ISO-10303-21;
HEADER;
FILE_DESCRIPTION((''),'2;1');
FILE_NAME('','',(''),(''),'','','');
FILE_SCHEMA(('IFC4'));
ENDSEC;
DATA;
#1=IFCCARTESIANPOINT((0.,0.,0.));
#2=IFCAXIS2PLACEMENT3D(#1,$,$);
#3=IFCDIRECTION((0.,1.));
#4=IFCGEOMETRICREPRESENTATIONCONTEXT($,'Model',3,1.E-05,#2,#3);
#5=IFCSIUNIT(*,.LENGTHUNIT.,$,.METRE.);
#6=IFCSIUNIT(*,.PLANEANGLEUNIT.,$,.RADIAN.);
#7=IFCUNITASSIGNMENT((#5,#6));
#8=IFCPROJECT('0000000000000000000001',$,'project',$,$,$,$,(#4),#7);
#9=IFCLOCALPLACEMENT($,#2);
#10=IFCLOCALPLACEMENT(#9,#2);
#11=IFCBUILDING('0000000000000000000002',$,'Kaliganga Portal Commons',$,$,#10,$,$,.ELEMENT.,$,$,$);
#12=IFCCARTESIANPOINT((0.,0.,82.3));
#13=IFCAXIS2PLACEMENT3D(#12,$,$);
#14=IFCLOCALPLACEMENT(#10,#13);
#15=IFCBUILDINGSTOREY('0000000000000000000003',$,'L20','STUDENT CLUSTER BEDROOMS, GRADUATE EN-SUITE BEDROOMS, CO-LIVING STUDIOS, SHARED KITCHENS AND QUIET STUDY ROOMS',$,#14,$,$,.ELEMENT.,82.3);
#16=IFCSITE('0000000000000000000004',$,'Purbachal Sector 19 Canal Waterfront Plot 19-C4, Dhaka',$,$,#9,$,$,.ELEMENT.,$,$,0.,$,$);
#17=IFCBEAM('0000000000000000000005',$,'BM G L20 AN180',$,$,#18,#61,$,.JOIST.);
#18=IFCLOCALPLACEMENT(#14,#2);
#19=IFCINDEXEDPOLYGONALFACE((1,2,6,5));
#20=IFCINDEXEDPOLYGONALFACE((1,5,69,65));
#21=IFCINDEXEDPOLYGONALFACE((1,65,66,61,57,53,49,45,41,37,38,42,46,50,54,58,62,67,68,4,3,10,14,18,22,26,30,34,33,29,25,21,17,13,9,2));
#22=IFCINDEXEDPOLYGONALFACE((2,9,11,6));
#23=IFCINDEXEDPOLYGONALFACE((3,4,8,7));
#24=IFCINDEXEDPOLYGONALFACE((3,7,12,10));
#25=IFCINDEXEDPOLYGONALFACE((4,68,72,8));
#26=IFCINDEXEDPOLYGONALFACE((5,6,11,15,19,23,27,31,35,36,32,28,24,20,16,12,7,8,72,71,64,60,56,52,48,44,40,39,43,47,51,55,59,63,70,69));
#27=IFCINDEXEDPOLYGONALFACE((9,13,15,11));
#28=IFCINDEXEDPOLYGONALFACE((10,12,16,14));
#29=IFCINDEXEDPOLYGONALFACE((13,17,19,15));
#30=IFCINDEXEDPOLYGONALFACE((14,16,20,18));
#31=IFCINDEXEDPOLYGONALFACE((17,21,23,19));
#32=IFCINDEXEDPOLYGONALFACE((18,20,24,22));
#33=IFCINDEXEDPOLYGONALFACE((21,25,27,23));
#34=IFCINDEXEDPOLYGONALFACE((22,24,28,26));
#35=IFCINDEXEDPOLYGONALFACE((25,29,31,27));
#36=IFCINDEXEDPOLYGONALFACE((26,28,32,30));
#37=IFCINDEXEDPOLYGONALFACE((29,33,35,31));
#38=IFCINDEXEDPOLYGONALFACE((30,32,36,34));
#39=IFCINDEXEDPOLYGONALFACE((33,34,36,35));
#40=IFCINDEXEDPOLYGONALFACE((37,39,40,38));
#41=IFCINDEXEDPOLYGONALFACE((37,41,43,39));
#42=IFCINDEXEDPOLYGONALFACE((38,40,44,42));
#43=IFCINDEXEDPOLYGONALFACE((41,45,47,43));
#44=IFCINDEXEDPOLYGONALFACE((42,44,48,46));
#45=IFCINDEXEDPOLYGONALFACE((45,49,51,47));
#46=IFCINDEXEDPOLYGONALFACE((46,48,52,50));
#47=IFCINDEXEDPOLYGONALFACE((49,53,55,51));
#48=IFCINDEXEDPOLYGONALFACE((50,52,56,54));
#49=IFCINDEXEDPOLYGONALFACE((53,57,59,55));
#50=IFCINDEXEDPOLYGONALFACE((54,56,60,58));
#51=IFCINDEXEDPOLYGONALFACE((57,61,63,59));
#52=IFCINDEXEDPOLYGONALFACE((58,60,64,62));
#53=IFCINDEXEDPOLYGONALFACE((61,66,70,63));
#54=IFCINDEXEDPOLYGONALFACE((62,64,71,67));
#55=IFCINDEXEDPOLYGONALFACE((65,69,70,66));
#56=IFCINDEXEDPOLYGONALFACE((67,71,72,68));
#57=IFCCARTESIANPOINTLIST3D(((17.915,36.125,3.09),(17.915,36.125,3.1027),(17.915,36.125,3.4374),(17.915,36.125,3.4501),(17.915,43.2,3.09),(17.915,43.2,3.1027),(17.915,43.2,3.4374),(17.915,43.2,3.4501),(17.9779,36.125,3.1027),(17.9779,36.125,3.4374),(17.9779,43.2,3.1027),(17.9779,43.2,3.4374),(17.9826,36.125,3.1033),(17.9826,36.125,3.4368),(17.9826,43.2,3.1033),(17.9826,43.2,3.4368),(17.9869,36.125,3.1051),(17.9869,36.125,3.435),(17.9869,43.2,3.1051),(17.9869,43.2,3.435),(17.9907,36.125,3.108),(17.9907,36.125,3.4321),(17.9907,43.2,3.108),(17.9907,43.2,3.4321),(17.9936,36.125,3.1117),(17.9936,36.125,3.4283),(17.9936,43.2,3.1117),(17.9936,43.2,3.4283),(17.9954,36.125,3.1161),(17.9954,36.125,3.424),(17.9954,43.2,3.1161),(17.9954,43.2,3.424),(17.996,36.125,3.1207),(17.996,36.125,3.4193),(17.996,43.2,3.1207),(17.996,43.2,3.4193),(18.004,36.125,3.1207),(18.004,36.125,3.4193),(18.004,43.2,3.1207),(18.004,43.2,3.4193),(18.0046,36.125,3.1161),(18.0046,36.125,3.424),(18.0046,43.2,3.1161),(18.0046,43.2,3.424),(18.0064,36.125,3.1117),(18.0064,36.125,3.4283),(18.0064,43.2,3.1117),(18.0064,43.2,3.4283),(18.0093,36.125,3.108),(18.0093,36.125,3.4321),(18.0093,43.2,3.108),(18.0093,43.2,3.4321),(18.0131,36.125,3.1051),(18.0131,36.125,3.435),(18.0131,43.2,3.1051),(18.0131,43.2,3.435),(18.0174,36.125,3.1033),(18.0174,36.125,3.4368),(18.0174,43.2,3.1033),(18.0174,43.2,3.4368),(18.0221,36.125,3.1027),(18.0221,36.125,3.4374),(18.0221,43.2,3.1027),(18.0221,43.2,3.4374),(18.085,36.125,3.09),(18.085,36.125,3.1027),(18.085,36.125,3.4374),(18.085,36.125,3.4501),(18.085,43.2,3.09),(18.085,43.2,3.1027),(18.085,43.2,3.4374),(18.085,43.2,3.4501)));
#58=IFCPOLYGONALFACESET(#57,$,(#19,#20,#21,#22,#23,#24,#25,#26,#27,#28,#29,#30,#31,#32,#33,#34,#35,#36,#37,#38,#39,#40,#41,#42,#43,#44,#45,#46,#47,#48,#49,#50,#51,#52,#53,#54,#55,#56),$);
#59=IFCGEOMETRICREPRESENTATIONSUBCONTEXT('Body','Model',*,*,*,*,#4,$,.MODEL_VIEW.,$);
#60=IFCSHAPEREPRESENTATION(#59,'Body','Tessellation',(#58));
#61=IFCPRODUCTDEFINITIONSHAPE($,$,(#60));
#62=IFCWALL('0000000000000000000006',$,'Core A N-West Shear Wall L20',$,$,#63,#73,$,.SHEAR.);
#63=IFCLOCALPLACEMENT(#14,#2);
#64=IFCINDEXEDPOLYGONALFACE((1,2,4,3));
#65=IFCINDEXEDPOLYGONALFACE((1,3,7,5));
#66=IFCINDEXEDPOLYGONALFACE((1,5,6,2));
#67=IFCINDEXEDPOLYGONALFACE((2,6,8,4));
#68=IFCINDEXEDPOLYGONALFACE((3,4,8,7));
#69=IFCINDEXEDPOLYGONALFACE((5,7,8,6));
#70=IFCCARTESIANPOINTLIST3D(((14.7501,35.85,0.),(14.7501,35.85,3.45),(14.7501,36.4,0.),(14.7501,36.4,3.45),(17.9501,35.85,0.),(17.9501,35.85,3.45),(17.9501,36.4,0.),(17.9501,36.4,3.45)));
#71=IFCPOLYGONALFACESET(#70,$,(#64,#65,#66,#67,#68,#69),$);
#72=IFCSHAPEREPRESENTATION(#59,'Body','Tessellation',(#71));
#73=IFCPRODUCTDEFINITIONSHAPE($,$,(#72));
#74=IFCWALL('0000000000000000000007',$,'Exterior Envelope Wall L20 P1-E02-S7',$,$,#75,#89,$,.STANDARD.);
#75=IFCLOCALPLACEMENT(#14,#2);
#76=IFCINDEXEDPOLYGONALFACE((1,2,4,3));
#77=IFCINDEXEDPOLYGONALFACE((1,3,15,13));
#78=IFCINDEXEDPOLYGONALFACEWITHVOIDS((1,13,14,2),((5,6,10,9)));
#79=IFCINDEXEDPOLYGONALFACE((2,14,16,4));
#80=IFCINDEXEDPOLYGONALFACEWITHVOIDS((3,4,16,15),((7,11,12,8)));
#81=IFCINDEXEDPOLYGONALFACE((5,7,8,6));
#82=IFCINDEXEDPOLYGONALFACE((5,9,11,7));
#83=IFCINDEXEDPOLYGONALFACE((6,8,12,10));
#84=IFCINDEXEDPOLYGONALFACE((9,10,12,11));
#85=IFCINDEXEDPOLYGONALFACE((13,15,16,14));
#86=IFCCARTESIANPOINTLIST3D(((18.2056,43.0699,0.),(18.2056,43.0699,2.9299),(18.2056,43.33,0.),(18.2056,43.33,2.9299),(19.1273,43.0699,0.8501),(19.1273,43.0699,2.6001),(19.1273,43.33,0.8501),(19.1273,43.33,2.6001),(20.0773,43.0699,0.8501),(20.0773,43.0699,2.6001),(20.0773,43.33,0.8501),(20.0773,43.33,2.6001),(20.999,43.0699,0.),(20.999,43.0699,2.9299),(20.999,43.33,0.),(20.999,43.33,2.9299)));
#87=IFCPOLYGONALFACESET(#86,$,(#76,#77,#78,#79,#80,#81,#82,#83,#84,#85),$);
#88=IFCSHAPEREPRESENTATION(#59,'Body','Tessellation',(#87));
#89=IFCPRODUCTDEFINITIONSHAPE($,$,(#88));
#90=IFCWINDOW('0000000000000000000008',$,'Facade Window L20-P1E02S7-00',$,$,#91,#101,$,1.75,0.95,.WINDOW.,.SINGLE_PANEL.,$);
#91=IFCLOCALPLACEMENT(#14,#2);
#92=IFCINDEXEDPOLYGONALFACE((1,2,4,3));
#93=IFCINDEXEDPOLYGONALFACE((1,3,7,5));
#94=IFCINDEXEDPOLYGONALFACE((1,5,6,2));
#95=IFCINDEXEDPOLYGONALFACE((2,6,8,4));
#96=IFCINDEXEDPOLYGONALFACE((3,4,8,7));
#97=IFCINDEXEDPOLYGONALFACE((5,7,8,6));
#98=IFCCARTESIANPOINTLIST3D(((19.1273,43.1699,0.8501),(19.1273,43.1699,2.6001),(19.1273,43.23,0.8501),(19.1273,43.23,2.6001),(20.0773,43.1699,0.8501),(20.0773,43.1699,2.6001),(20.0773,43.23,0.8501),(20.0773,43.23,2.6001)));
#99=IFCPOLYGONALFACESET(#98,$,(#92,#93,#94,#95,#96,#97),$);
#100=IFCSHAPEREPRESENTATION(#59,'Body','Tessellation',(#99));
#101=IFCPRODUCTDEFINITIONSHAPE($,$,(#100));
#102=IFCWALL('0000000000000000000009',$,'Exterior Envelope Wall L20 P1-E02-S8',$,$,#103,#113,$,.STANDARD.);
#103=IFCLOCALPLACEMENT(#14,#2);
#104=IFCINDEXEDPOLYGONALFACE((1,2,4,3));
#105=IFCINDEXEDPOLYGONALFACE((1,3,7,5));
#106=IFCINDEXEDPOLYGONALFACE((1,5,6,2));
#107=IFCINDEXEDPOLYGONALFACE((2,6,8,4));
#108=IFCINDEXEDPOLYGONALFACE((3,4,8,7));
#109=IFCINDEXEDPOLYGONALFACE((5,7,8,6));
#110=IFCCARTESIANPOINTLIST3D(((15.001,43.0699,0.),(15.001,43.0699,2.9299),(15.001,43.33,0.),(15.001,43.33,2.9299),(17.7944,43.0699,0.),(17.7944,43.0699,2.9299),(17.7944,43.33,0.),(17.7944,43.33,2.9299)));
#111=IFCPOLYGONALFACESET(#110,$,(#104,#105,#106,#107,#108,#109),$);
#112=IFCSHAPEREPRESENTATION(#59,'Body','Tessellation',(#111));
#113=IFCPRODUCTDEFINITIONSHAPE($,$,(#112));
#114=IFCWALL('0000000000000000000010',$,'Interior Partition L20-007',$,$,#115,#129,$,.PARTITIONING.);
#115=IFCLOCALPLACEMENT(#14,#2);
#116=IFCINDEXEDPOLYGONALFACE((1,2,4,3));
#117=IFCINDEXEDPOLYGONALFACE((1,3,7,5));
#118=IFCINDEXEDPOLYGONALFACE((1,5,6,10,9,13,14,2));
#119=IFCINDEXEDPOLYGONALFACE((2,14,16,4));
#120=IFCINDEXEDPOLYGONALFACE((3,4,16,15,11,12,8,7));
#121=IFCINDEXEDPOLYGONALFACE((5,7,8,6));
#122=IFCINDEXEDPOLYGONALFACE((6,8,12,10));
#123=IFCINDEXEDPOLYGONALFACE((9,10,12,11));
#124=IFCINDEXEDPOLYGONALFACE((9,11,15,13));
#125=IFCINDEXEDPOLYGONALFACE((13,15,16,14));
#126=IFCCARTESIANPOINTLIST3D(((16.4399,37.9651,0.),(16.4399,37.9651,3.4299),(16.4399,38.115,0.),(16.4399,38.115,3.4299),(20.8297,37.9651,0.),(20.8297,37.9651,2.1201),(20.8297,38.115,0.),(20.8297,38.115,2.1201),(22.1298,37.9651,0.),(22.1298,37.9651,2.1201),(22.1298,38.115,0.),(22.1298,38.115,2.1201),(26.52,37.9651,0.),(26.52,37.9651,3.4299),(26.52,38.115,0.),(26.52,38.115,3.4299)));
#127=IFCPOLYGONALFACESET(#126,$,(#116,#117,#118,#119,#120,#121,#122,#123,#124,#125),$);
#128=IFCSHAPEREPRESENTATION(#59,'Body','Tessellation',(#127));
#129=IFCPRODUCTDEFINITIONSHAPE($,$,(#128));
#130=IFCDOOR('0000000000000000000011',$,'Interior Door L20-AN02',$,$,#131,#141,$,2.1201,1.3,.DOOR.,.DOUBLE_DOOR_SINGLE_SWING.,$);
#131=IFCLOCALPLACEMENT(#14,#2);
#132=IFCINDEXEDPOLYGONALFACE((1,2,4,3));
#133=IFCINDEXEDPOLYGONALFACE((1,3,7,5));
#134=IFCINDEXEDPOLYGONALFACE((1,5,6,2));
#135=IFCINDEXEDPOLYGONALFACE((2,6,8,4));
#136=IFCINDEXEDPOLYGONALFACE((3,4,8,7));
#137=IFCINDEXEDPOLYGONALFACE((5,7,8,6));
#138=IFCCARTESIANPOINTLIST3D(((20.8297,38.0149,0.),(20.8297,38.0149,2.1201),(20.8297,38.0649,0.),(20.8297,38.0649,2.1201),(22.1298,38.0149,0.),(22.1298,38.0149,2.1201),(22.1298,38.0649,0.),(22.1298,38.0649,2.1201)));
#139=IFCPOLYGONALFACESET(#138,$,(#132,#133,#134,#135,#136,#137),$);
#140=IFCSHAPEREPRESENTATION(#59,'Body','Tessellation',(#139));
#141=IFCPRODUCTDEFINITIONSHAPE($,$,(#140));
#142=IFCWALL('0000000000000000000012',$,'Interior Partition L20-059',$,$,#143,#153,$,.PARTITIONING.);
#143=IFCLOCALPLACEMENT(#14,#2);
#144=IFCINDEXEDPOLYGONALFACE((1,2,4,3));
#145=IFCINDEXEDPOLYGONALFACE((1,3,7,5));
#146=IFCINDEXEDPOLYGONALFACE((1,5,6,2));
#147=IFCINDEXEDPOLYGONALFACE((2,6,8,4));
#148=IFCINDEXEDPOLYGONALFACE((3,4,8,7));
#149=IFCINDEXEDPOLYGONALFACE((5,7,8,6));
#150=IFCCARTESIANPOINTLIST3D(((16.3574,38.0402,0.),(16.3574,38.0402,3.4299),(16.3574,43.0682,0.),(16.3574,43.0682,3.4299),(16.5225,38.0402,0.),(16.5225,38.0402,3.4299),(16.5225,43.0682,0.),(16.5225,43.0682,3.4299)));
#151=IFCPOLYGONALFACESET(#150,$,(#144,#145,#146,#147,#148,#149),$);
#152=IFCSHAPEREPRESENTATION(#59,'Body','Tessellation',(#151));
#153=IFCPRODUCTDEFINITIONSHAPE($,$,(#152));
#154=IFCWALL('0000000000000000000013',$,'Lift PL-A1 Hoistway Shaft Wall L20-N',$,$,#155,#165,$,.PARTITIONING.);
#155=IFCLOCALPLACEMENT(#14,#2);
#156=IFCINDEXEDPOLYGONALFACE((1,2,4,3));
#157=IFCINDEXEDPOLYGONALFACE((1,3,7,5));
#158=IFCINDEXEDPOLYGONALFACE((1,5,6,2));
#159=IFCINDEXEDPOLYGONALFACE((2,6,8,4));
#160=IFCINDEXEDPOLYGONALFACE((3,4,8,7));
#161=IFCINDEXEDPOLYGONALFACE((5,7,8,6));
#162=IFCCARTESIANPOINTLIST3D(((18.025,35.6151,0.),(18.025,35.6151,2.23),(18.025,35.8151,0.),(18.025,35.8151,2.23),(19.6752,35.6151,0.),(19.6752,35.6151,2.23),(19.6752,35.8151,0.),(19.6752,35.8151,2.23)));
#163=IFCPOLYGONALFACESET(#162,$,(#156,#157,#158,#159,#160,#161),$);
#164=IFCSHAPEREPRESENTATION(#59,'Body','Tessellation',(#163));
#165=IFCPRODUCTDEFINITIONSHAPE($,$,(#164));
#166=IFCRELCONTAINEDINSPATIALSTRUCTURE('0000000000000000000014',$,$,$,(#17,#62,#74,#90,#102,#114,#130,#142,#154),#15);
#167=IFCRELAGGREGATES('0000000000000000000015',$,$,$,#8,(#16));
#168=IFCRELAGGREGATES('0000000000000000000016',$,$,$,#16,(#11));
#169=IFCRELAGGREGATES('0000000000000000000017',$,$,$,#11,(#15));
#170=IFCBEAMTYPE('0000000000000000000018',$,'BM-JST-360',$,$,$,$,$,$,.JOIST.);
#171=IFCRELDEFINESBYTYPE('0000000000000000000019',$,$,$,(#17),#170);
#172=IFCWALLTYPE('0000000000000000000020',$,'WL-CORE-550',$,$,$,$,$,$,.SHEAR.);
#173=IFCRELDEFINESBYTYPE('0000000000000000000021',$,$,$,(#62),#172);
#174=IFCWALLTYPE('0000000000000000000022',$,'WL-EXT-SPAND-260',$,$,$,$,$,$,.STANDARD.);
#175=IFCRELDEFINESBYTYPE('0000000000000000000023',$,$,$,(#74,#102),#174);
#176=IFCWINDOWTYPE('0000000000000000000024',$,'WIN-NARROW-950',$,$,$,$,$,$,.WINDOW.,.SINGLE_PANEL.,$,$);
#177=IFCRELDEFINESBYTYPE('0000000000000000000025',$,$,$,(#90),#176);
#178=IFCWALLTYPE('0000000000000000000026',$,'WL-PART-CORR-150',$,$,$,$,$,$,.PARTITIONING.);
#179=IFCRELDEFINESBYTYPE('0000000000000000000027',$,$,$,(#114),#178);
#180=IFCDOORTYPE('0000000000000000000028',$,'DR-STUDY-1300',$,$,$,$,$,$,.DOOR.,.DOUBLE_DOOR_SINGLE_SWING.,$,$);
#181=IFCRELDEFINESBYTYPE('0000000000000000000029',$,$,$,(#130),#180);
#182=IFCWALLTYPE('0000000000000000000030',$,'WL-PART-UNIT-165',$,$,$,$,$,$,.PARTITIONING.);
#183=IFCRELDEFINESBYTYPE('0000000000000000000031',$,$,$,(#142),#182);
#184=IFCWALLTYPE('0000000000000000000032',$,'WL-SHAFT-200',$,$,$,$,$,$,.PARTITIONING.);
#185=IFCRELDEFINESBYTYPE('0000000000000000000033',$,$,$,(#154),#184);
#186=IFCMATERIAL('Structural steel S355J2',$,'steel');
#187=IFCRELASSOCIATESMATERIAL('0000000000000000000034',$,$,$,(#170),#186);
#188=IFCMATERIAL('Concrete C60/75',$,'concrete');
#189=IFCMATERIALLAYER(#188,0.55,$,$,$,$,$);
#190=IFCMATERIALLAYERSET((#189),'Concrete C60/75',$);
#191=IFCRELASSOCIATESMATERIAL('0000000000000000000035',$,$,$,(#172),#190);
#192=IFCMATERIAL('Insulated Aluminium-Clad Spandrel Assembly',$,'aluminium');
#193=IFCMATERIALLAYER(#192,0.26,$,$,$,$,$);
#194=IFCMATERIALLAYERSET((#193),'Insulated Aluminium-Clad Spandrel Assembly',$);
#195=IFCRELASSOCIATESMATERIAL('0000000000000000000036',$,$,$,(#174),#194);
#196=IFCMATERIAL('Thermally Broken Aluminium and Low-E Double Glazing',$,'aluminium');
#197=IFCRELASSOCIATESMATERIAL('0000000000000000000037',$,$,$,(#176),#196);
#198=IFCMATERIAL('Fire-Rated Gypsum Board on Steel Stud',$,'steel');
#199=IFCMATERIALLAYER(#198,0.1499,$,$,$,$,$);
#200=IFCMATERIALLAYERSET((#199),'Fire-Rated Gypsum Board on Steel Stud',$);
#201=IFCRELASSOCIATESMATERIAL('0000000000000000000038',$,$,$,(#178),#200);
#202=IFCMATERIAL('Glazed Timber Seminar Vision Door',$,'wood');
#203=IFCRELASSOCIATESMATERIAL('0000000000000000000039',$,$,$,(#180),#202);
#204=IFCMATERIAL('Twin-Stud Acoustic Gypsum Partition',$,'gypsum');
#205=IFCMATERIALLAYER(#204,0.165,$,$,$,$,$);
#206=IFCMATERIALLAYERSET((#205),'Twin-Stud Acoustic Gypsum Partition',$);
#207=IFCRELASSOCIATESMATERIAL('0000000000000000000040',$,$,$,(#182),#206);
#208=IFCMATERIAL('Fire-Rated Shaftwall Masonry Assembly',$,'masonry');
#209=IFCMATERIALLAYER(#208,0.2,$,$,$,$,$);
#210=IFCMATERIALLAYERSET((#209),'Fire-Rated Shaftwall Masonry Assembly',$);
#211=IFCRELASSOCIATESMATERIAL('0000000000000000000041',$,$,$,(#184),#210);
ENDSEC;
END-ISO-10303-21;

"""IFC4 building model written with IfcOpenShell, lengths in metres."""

from ifc_helpers import new_model, si_unit, direction, frame, frame_2d, origin, origin_2d, place, context, subcontext, project, spatial, rectangle, i_section, extrude, source, transform, mapped, material, layer, layer_set, material_profile, profile_set, type_object, element, fill, save


model = new_model("IFC4")

# Units and contexts
model_context = context("Model", 3, precision=1e-05, world=origin(), true_north=direction((0.0, 1.0)))
body_context = subcontext(model_context, "Body", "Model", "MODEL_VIEW")
ifc_project = project(units=[si_unit("LENGTHUNIT", "METRE"), si_unit("PLANEANGLEUNIT", "RADIAN")], contexts=[model_context])

# Site, building, storey
site_placement = place(None, origin())
site = spatial("IfcSite", under=ifc_project, at=site_placement, Name="Purbachal Sector 19 Canal Waterfront Plot 19-C4, Dhaka", CompositionType="ELEMENT", RefElevation=0.0)
building_placement = place(site_placement, origin())
building = spatial("IfcBuilding", under=site, at=building_placement, Name="Kaliganga Portal Commons", CompositionType="ELEMENT")
storey_placement = place(building_placement, frame((0.0, 0.0, 82.3)))
storey = spatial("IfcBuildingStorey", under=building, at=storey_placement, Name="L20", Description="STUDENT CLUSTER BEDROOMS, GRADUATE EN-SUITE BEDROOMS, CO-LIVING STUDIOS, SHARED KITCHENS AND QUIET STUDY ROOMS", CompositionType="ELEMENT", Elevation=82.3)

# Beam
ifc_material_1 = material(Name="Concrete C60/75", Category="concrete")
ifc_material_2 = material(Name="Structural steel S355J2", Category="steel")
ifc_material_profile_1 = material_profile(ifc_material_2, i_section(OverallWidth=0.1699, OverallDepth=0.3601, WebThickness=0.0081, FlangeThickness=0.0127, FilletRadius=0.0181, at=origin_2d()), Name="IPE 360")
ifc_profile_set_1 = profile_set([ifc_material_profile_1], Name="Structural steel S355J2 wide-flange")
beam_type_1 = type_object("IfcBeamType", Name="BM-JST-360", PredefinedType="JOIST", material=ifc_profile_set_1)
shared_shape_1 = source(origin(), body_context, "Body", "SweptSolid", [
    extrude(i_section(OverallWidth=0.1699, OverallDepth=0.3601, WebThickness=0.0081, FlangeThickness=0.0127, FilletRadius=0.0181, at=origin_2d()), origin(), (0.0, 0.0, 1.0), 7.075),
])
beam_1_placement = place(storey_placement, frame((18.0, 36.125, 3.27), z_axis=(0.0, 1.0, 0.0), x_axis=(-1.0, 0.0, 0.0)))
element("IfcBeam", 1, at=beam_1_placement, inside=storey, type_object=beam_type_1, Name="BM G L20 AN180", PredefinedType="JOIST", context=body_context, shape_type="MappedRepresentation", body=[
    mapped(shared_shape_1, transform((0.0, 0.0, 0.0), x_axis=(1.0, 0.0, 0.0), y_axis=(0.0, 1.0, 0.0), z_axis=(0.0, 0.0, 1.0), scale=1.0)),
])

# Wall
ifc_layer_1 = layer(ifc_material_1, 0.55)
ifc_layer_set_1 = layer_set([ifc_layer_1], Name="Concrete C60/75")
wall_type_1 = type_object("IfcWallType", Name="WL-CORE-550", PredefinedType="SHEAR", material=ifc_layer_set_1)
wall_1_placement = place(storey_placement, frame((14.75, 36.125, 0.0), z_axis=(0.0, 0.0, 1.0), x_axis=(1.0, 0.0, 0.0)))
element("IfcWall", 2, at=wall_1_placement, inside=storey, type_object=wall_type_1, Name="Core A N-West Shear Wall L20", PredefinedType="SHEAR", context=body_context, shape_type="SweptSolid", body=[
    extrude(rectangle(XDim=3.2, YDim=0.55, at=frame_2d((1.6001, 0.0))), origin(), (0.0, 0.0, 1.0), 3.45),
])

# Wall, opening, window
ifc_material_3 = material(Name="Insulated Aluminium-Clad Spandrel Assembly", Category="aluminium")
ifc_layer_2 = layer(ifc_material_3, 0.26)
ifc_layer_set_2 = layer_set([ifc_layer_2], Name="Insulated Aluminium-Clad Spandrel Assembly")
wall_type_2 = type_object("IfcWallType", Name="WL-EXT-SPAND-260", PredefinedType="STANDARD", material=ifc_layer_set_2)
wall_2_placement = place(storey_placement, frame((18.2056, 43.2, 0.0), z_axis=(0.0, 0.0, 1.0), x_axis=(1.0, 0.0, 0.0)))
wall_2 = element("IfcWall", 3, at=wall_2_placement, inside=storey, type_object=wall_type_2, Name="Exterior Envelope Wall L20 P1-E02-S7", PredefinedType="STANDARD", context=body_context, shape_type="SweptSolid", body=[
    extrude(rectangle(XDim=2.7935, YDim=0.26, at=frame_2d((1.3967, 0.0))), origin(), (0.0, 0.0, 1.0), 2.9299),
])
opening_1_placement = place(wall_2_placement, frame((0.9216, 0.0, 0.8501)))
opening_1 = element("IfcOpeningElement", 4, at=opening_1_placement, cuts=wall_2, PredefinedType="OPENING", context=body_context, shape_type="SweptSolid", body=[
    extrude(rectangle(XDim=0.95, YDim=1.75, at=frame_2d((0.4751, 0.875))), frame((0.0, 0.1401, 0.0), z_axis=(0.0, -1.0, 0.0), x_axis=(1.0, 0.0, 0.0)), (0.0, 0.0, 1.0), 0.28),
])
ifc_material_4 = material(Name="Thermally Broken Aluminium and Low-E Double Glazing", Category="aluminium")
window_type = type_object("IfcWindowType", Name="WIN-NARROW-950", PartitioningType="SINGLE_PANEL", PredefinedType="WINDOW", material=ifc_material_4)
window_placement = place(opening_1_placement, origin())
window = element("IfcWindow", 5, at=window_placement, inside=storey, type_object=window_type, Name="Facade Window L20-P1E02S7-00", OverallHeight=1.75, OverallWidth=0.95, PartitioningType="SINGLE_PANEL", PredefinedType="WINDOW", context=body_context, shape_type="SweptSolid", body=[
    extrude(rectangle(XDim=0.95, YDim=1.75, at=frame_2d((0.4751, 0.875))), frame((0.0, 0.03, 0.0), z_axis=(0.0, -1.0, 0.0), x_axis=(1.0, 0.0, 0.0)), (0.0, 0.0, 1.0), 0.0601),
])
fill(opening_1, window)

# Wall
wall_3_placement = place(storey_placement, frame((15.001, 43.2, 0.0), z_axis=(0.0, 0.0, 1.0), x_axis=(1.0, 0.0, 0.0)))
element("IfcWall", 6, at=wall_3_placement, inside=storey, type_object=wall_type_2, Name="Exterior Envelope Wall L20 P1-E02-S8", PredefinedType="STANDARD", context=body_context, shape_type="SweptSolid", body=[
    extrude(rectangle(XDim=2.7935, YDim=0.26, at=frame_2d((1.3967, 0.0))), origin(), (0.0, 0.0, 1.0), 2.9299),
])

# Wall, opening, door
ifc_material_5 = material(Name="Fire-Rated Gypsum Board on Steel Stud", Category="steel")
ifc_layer_3 = layer(ifc_material_5, 0.1499)
ifc_layer_set_3 = layer_set([ifc_layer_3], Name="Fire-Rated Gypsum Board on Steel Stud")
wall_type_3 = type_object("IfcWallType", Name="WL-PART-CORR-150", PredefinedType="PARTITIONING", material=ifc_layer_set_3)
wall_4_placement = place(storey_placement, frame((16.4399, 38.04, 0.0), z_axis=(0.0, 0.0, 1.0), x_axis=(1.0, 0.0, 0.0)))
wall_4 = element("IfcWall", 7, at=wall_4_placement, inside=storey, type_object=wall_type_3, Name="Interior Partition L20-007", PredefinedType="PARTITIONING", context=body_context, shape_type="SweptSolid", body=[
    extrude(rectangle(XDim=10.0801, YDim=0.1499, at=frame_2d((5.04, 0.0))), origin(), (0.0, 0.0, 1.0), 3.4299),
])
opening_2_placement = place(wall_4_placement, frame((4.3899, 0.0, 0.0)))
opening_2 = element("IfcOpeningElement", 8, at=opening_2_placement, cuts=wall_4, PredefinedType="OPENING", context=body_context, shape_type="SweptSolid", body=[
    extrude(rectangle(XDim=1.3, YDim=2.1201, at=frame_2d((0.6499, 1.0601))), frame((0.0, 0.085, 0.0), z_axis=(0.0, -1.0, 0.0), x_axis=(1.0, 0.0, 0.0)), (0.0, 0.0, 1.0), 0.1699),
])
ifc_material_6 = material(Name="Glazed Timber Seminar Vision Door", Category="wood")
door_type_1 = type_object("IfcDoorType", Name="DR-STUDY-1300", OperationType="DOUBLE_DOOR_SINGLE_SWING", PredefinedType="DOOR", material=ifc_material_6)
door_1_placement = place(opening_2_placement, origin())
door_1 = element("IfcDoor", 9, at=door_1_placement, inside=storey, type_object=door_type_1, Name="Interior Door L20-AN02", OperationType="DOUBLE_DOOR_SINGLE_SWING", OverallHeight=2.1201, OverallWidth=1.3, PredefinedType="DOOR", context=body_context, shape_type="SweptSolid", body=[
    extrude(rectangle(XDim=1.3, YDim=2.1201, at=frame_2d((0.6499, 1.0601))), frame((0.0, 0.0249, 0.0), z_axis=(0.0, -1.0, 0.0), x_axis=(1.0, 0.0, 0.0)), (0.0, 0.0, 1.0), 0.05),
])
fill(opening_2, door_1)

# Wall
ifc_material_7 = material(Name="Twin-Stud Acoustic Gypsum Partition", Category="gypsum")
ifc_layer_4 = layer(ifc_material_7, 0.165)
ifc_layer_set_4 = layer_set([ifc_layer_4], Name="Twin-Stud Acoustic Gypsum Partition")
wall_type_4 = type_object("IfcWallType", Name="WL-PART-UNIT-165", PredefinedType="PARTITIONING", material=ifc_layer_set_4)
wall_5_placement = place(storey_placement, frame((16.4399, 38.04, 0.0), z_axis=(0.0, 0.0, 1.0), x_axis=(0.0, 1.0, 0.0)))
element("IfcWall", 10, at=wall_5_placement, inside=storey, type_object=wall_type_4, Name="Interior Partition L20-059", PredefinedType="PARTITIONING", context=body_context, shape_type="SweptSolid", body=[
    extrude(rectangle(XDim=5.0281, YDim=0.165, at=frame_2d((2.5142, 0.0))), origin(), (0.0, 0.0, 1.0), 3.4299),
])

# Shared definitions
ifc_material_8 = material(Name="Fire-Rated Shaftwall Masonry Assembly", Category="masonry")
ifc_layer_5 = layer(ifc_material_8, 0.2)
ifc_layer_set_5 = layer_set([ifc_layer_5], Name="Fire-Rated Shaftwall Masonry Assembly")
wall_type_5 = type_object("IfcWallType", Name="WL-SHAFT-200", PredefinedType="PARTITIONING", material=ifc_layer_set_5)

# Wall
wall_6_placement = place(storey_placement, frame((18.0249, 35.7151, 0.0), z_axis=(0.0, 0.0, 1.0), x_axis=(1.0, 0.0, 0.0)))
element("IfcWall", 11, at=wall_6_placement, inside=storey, type_object=wall_type_5, Name="Lift PL-A1 Hoistway Shaft Wall L20-N", PredefinedType="PARTITIONING", context=body_context, shape_type="SweptSolid", body=[
    extrude(rectangle(XDim=1.6501, YDim=0.2, at=frame_2d((0.8252, 0.0))), origin(), (0.0, 0.0, 1.0), 2.23),
])

save(model, "model.ifc")
